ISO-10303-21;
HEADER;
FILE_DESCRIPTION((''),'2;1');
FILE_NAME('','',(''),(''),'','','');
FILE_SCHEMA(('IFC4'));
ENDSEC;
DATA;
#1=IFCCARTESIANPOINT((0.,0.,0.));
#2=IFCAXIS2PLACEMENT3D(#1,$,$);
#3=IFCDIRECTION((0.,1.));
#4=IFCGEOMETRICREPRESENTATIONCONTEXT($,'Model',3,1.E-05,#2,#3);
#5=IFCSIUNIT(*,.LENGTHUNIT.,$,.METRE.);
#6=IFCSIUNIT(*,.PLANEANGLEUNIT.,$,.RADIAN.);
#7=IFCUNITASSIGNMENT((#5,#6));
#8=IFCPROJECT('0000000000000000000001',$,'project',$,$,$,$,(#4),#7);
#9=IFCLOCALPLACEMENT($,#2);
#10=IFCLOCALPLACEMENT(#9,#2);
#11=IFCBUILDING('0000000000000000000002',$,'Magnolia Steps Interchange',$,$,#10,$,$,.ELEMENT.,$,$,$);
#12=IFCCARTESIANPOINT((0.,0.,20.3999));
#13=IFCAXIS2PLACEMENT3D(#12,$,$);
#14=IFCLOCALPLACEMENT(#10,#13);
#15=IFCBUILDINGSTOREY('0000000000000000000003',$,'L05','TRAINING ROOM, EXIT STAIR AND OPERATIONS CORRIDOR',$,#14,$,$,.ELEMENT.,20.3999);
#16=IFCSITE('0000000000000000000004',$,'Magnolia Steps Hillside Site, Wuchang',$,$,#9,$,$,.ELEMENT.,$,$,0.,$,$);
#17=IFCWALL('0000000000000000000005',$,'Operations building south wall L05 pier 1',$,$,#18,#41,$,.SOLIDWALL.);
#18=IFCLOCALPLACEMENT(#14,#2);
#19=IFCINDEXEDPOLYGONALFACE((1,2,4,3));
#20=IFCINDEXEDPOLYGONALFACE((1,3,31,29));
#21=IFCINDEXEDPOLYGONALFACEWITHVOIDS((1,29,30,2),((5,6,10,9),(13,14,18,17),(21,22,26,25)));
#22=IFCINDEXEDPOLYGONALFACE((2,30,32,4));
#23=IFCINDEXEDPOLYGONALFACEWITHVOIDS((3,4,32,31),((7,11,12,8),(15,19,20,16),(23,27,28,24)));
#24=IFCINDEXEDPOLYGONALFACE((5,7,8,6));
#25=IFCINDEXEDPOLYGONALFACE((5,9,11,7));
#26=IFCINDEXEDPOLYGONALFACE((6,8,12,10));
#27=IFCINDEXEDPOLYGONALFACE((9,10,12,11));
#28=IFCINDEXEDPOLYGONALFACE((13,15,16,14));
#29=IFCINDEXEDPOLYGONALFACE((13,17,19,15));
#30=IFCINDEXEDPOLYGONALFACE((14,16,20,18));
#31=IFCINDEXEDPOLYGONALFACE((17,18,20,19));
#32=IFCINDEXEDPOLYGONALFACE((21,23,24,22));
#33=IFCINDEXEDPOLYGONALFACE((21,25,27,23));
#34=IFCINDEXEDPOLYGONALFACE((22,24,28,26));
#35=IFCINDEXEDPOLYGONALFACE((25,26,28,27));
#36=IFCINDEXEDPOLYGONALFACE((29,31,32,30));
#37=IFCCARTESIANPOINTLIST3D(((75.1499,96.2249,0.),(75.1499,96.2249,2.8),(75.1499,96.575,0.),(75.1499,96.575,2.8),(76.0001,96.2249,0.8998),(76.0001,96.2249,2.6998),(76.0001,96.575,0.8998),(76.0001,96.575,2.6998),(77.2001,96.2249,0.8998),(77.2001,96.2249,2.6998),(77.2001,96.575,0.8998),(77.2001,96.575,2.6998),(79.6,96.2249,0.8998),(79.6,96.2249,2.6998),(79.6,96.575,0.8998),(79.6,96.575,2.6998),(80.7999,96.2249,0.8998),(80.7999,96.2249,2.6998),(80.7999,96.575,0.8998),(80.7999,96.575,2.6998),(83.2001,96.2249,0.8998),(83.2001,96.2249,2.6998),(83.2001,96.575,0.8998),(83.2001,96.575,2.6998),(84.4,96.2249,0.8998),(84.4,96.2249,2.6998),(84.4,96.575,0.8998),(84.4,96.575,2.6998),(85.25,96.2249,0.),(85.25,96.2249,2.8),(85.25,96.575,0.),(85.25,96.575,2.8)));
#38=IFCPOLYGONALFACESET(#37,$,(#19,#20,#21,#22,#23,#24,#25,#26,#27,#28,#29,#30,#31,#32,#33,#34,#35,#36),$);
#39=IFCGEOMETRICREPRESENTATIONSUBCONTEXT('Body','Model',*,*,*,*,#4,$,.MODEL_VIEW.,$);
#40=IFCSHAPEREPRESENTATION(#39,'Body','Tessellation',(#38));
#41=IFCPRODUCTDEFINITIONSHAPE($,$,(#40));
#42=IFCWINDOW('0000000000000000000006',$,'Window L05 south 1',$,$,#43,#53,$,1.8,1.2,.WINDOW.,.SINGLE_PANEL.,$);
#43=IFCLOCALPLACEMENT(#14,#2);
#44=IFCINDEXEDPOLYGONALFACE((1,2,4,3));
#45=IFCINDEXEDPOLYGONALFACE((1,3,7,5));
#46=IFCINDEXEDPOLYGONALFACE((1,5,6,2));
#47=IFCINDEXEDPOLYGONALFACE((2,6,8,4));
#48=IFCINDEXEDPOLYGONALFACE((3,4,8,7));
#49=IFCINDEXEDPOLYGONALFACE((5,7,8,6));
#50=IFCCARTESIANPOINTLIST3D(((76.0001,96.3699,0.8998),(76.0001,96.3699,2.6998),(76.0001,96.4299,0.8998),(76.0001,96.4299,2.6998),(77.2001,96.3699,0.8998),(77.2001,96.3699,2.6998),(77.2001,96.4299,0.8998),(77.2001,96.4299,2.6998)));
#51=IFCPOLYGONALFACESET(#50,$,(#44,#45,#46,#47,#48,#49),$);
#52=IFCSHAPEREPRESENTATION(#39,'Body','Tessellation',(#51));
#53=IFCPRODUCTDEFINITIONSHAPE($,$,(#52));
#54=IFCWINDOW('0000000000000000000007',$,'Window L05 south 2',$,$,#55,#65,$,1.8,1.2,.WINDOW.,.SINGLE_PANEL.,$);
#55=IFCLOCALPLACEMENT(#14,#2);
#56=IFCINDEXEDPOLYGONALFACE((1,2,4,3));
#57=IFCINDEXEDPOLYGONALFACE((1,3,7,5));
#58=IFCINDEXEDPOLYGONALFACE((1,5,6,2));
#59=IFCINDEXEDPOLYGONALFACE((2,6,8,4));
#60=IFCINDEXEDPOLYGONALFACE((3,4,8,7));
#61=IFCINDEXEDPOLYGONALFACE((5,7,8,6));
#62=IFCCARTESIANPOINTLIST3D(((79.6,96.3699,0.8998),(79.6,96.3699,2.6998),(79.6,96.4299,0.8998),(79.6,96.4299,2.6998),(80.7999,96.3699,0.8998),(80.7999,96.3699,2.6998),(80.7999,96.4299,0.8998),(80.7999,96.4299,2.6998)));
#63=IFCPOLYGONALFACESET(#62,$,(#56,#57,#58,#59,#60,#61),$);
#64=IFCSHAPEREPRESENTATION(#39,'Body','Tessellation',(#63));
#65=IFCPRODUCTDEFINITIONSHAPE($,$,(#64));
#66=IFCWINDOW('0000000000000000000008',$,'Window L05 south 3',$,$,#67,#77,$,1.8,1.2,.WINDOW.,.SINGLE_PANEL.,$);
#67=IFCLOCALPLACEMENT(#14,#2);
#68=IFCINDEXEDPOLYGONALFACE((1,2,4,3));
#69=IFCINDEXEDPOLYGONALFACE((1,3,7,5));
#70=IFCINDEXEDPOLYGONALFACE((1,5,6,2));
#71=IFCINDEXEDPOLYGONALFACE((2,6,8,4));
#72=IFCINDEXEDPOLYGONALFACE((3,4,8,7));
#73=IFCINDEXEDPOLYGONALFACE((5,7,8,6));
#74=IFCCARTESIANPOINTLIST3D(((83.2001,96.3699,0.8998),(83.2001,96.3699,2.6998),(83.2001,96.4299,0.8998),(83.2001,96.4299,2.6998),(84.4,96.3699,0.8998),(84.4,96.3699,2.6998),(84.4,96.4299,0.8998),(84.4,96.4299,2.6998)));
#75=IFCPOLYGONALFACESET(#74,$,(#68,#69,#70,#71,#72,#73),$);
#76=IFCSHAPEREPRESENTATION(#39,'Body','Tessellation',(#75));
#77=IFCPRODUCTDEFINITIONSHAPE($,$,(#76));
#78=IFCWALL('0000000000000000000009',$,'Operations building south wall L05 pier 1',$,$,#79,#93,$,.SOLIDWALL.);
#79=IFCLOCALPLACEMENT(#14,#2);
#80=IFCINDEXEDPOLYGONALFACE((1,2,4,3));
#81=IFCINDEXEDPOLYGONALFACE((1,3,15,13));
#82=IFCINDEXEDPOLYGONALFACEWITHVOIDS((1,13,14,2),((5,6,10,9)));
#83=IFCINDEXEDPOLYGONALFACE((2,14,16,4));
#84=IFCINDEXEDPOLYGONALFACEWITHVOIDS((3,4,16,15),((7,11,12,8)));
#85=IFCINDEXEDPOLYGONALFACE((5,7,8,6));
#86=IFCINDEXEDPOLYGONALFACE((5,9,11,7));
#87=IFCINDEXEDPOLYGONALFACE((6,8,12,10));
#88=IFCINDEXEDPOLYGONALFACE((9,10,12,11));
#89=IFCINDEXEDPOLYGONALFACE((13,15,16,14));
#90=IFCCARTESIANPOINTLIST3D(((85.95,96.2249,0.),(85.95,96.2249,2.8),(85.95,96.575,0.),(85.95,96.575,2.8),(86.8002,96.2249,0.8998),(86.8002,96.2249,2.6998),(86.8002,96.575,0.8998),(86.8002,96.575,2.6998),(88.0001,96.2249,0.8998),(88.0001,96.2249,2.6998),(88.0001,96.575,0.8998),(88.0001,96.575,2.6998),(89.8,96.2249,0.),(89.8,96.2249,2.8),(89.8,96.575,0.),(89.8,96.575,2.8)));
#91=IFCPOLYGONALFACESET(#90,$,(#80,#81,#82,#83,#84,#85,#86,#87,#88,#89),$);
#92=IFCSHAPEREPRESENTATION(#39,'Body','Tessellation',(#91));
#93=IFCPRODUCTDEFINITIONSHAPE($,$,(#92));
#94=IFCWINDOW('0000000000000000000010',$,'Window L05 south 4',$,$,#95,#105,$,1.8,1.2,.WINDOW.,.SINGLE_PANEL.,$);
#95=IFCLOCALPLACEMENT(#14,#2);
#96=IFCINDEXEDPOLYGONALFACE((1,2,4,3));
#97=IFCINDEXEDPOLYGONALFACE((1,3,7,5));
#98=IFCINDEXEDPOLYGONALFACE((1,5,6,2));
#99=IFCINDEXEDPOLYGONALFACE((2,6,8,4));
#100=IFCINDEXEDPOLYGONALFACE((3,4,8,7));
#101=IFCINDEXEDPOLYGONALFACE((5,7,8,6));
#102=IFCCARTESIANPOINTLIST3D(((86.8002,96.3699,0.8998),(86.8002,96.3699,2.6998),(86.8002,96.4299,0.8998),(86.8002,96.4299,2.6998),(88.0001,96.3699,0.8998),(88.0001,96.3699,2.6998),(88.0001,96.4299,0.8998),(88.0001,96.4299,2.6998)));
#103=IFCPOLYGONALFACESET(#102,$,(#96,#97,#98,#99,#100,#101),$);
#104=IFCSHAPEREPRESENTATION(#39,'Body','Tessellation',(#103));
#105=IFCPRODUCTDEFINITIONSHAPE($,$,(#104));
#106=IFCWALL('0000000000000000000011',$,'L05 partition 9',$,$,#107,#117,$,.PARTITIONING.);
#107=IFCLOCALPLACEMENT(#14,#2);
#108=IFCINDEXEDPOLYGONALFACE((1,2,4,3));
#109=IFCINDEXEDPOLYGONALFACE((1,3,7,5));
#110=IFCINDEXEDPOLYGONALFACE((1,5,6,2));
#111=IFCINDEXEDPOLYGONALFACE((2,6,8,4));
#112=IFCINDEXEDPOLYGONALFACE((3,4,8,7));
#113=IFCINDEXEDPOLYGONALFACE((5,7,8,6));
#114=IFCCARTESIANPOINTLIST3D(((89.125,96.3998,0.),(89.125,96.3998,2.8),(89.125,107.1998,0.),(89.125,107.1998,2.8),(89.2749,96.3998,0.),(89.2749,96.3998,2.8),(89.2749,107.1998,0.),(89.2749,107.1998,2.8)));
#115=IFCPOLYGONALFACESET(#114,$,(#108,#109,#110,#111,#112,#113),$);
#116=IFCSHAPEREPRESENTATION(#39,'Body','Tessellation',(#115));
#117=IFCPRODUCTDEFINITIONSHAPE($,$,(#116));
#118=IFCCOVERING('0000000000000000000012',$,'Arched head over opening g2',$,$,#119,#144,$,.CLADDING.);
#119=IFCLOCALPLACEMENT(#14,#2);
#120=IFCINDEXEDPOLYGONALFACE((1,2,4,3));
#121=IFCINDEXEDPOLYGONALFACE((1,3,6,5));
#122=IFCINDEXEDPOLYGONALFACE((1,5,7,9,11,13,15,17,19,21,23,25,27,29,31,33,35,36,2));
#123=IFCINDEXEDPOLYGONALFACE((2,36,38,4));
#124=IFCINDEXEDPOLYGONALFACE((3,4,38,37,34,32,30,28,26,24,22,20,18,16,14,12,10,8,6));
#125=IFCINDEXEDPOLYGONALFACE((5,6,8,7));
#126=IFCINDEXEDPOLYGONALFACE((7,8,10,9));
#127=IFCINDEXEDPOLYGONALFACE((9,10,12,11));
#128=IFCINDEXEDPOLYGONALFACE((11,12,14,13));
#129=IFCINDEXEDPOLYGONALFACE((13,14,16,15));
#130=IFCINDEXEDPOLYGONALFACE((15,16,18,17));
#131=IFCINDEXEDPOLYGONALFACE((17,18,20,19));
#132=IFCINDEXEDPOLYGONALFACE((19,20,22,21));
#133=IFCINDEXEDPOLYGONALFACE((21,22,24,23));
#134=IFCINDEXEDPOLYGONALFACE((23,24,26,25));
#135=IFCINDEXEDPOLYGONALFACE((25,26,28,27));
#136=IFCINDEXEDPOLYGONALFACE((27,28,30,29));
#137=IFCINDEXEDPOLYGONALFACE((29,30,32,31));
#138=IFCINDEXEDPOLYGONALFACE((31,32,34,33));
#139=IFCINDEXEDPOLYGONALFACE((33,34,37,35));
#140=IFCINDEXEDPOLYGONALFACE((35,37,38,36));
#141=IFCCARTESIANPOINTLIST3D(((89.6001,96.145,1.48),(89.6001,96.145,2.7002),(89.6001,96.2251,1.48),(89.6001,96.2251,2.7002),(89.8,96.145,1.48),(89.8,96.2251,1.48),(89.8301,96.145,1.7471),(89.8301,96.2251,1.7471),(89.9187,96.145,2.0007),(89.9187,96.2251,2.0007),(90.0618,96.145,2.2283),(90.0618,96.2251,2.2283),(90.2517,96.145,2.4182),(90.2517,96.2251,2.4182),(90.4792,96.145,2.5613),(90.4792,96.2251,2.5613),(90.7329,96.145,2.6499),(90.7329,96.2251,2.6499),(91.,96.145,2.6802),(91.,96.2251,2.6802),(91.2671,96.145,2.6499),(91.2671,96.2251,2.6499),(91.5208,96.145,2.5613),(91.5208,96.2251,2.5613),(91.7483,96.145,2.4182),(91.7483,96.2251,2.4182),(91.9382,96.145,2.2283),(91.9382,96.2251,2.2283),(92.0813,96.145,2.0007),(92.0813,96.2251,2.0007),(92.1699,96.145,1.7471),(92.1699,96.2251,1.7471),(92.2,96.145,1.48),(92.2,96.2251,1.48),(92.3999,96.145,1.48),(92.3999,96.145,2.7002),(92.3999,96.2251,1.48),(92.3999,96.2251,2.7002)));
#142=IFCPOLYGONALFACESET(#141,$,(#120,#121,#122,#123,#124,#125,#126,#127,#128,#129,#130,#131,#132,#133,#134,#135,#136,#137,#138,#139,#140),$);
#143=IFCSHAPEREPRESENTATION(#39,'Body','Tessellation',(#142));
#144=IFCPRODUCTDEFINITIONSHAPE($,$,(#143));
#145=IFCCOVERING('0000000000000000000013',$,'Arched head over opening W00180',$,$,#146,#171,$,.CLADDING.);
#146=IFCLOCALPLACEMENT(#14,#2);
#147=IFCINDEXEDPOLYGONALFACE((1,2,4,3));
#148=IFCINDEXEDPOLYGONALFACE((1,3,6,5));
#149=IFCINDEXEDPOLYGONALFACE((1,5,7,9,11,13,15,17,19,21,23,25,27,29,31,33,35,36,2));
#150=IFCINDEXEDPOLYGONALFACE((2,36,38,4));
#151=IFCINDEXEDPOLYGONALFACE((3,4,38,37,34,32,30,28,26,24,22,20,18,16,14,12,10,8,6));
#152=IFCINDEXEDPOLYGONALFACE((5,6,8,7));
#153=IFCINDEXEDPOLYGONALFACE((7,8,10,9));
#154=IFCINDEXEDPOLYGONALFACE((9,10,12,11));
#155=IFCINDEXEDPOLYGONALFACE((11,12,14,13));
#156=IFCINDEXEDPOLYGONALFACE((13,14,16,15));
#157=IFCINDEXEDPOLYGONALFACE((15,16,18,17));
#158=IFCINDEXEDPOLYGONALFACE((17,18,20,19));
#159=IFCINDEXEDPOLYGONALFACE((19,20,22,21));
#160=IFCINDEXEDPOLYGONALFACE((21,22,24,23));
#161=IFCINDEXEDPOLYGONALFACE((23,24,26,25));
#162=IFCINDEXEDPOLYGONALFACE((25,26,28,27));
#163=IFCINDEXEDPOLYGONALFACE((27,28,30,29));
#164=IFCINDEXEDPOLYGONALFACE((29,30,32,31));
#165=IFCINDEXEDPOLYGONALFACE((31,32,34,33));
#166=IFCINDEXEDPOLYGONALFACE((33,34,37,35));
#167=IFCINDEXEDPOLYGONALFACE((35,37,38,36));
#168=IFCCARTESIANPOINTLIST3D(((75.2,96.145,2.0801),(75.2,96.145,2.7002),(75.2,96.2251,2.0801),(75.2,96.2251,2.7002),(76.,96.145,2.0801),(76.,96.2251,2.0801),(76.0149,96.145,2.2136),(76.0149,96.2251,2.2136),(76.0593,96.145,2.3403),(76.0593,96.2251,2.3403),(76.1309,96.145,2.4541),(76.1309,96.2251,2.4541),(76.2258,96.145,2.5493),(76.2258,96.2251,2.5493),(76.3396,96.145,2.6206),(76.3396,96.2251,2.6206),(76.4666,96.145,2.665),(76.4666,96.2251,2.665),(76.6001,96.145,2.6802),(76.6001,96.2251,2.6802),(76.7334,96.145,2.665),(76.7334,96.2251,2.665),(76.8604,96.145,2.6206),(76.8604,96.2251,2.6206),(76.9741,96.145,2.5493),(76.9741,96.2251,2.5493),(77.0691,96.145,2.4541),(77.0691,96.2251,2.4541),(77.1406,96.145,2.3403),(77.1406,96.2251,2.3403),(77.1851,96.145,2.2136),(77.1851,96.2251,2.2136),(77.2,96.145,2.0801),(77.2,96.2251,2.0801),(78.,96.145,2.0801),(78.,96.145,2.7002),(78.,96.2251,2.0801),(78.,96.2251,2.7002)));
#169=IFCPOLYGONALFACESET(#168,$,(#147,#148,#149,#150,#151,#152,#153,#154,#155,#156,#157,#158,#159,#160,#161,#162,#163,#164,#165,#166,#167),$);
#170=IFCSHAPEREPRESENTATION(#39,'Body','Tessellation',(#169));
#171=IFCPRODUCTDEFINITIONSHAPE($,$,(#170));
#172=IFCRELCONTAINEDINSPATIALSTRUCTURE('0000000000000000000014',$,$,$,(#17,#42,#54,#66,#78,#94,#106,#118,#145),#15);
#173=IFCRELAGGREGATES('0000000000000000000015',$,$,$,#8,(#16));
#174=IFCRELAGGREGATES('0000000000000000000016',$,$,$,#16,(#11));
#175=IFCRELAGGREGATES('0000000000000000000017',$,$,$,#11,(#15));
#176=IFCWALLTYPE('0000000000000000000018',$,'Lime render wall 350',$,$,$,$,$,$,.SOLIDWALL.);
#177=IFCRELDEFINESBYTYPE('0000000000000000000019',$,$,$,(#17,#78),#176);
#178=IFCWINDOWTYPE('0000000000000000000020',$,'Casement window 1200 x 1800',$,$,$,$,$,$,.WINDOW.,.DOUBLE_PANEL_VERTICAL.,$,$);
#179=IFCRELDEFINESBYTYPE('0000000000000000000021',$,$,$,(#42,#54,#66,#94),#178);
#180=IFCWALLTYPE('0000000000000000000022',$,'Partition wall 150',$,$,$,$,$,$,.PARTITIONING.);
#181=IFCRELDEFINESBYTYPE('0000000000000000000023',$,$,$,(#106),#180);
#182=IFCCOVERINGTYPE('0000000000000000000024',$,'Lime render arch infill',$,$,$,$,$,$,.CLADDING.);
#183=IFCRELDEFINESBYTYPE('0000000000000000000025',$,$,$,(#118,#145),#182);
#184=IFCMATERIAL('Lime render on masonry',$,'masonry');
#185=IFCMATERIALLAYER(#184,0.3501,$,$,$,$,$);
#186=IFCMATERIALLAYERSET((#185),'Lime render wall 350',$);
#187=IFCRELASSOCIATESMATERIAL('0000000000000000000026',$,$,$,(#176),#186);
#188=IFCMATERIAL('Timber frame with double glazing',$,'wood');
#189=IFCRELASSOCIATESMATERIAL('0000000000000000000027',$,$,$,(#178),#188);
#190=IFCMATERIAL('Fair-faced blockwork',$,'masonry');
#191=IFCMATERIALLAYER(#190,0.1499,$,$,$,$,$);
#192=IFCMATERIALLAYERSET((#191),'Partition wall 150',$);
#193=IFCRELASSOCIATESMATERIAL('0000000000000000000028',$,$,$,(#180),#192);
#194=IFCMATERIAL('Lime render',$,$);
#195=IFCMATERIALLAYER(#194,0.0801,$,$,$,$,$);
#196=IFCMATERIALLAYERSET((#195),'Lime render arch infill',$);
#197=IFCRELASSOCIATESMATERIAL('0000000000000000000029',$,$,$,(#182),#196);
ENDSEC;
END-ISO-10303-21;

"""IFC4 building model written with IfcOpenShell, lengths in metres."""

from ifc_helpers import new_model, si_unit, direction, frame, frame_2d, origin, place, context, subcontext, project, spatial, polyline, rectangle, outline, extrude, material, layer, layer_set, type_object, element, fill, save


model = new_model("IFC4")

# Units and contexts
model_context = context("Model", 3, precision=1e-05, world=origin(), true_north=direction((0.0, 1.0)))
body_context = subcontext(model_context, "Body", "Model", "MODEL_VIEW")
ifc_project = project(units=[si_unit("LENGTHUNIT", "METRE"), si_unit("PLANEANGLEUNIT", "RADIAN")], contexts=[model_context])

# Site, building, storey
site_placement = place(None, origin())
site = spatial("IfcSite", under=ifc_project, at=site_placement, Name="Magnolia Steps Hillside Site, Wuchang", CompositionType="ELEMENT", RefElevation=0.0)
building_placement = place(site_placement, origin())
building = spatial("IfcBuilding", under=site, at=building_placement, Name="Magnolia Steps Interchange", CompositionType="ELEMENT")
storey_placement = place(building_placement, frame((0.0, 0.0, 20.3999)))
storey = spatial("IfcBuildingStorey", under=building, at=storey_placement, Name="L05", Description="TRAINING ROOM, EXIT STAIR AND OPERATIONS CORRIDOR", CompositionType="ELEMENT", Elevation=20.3999)

# Wall, openings, windows
ifc_material_1 = material(Name="Lime render on masonry", Category="masonry")
ifc_layer_1 = layer(ifc_material_1, 0.3501)
ifc_layer_set_1 = layer_set([ifc_layer_1], Name="Lime render wall 350")
wall_type_1 = type_object("IfcWallType", Name="Lime render wall 350", PredefinedType="SOLIDWALL", material=ifc_layer_set_1)
wall_1_placement = place(storey_placement, frame((75.1499, 96.3999, 0.0), z_axis=(0.0, 0.0, 1.0), x_axis=(1.0, 0.0, 0.0)))
wall_1 = element("IfcWall", 1, at=wall_1_placement, inside=storey, type_object=wall_type_1, Name="Operations building south wall L05 pier 1", PredefinedType="SOLIDWALL", context=body_context, shape_type="SweptSolid", body=[
    extrude(rectangle(XDim=10.1001, YDim=0.3501, at=frame_2d((5.05, 0.0))), origin(), (0.0, 0.0, 1.0), 2.8),
])
opening_1_placement = place(wall_1_placement, frame((0.8501, 0.0, 0.8999)))
opening_1 = element("IfcOpeningElement", 2, at=opening_1_placement, cuts=wall_1, PredefinedType="OPENING", context=body_context, shape_type="SweptSolid", body=[
    extrude(rectangle(XDim=1.2, YDim=1.8, at=frame_2d((0.6001, 0.8999))), frame((0.0, 0.1851, 0.0), z_axis=(0.0, -1.0, 0.0), x_axis=(1.0, 0.0, 0.0)), (0.0, 0.0, 1.0), 0.3701),
])
opening_2_placement = place(wall_1_placement, frame((4.45, 0.0, 0.8999)))
opening_2 = element("IfcOpeningElement", 3, at=opening_2_placement, cuts=wall_1, PredefinedType="OPENING", context=body_context, shape_type="SweptSolid", body=[
    extrude(rectangle(XDim=1.2, YDim=1.8, at=frame_2d((0.6001, 0.8999))), frame((0.0, 0.1851, 0.0), z_axis=(0.0, -1.0, 0.0), x_axis=(1.0, 0.0, 0.0)), (0.0, 0.0, 1.0), 0.3701),
])
opening_3_placement = place(wall_1_placement, frame((8.05, 0.0, 0.8999)))
opening_3 = element("IfcOpeningElement", 4, at=opening_3_placement, cuts=wall_1, PredefinedType="OPENING", context=body_context, shape_type="SweptSolid", body=[
    extrude(rectangle(XDim=1.2, YDim=1.8, at=frame_2d((0.6001, 0.8999))), frame((0.0, 0.1851, 0.0), z_axis=(0.0, -1.0, 0.0), x_axis=(1.0, 0.0, 0.0)), (0.0, 0.0, 1.0), 0.3701),
])
ifc_material_2 = material(Name="Timber frame with double glazing", Category="wood")
window_type = type_object("IfcWindowType", Name="Casement window 1200 x 1800", PartitioningType="DOUBLE_PANEL_VERTICAL", PredefinedType="WINDOW", material=ifc_material_2)
window_1_placement = place(opening_1_placement, origin())
window_1 = element("IfcWindow", 5, at=window_1_placement, inside=storey, type_object=window_type, Name="Window L05 south 1", OverallHeight=1.8, OverallWidth=1.2, PartitioningType="SINGLE_PANEL", PredefinedType="WINDOW", context=body_context, shape_type="SweptSolid", body=[
    extrude(rectangle(XDim=1.2, YDim=1.8, at=frame_2d((0.6001, 0.8999))), frame((0.0, 0.03, 0.0), z_axis=(0.0, -1.0, 0.0), x_axis=(1.0, 0.0, 0.0)), (0.0, 0.0, 1.0), 0.0601),
])
fill(opening_1, window_1)
window_2_placement = place(opening_2_placement, origin())
window_2 = element("IfcWindow", 6, at=window_2_placement, inside=storey, type_object=window_type, Name="Window L05 south 2", OverallHeight=1.8, OverallWidth=1.2, PartitioningType="SINGLE_PANEL", PredefinedType="WINDOW", context=body_context, shape_type="SweptSolid", body=[
    extrude(rectangle(XDim=1.2, YDim=1.8, at=frame_2d((0.6001, 0.8999))), frame((0.0, 0.03, 0.0), z_axis=(0.0, -1.0, 0.0), x_axis=(1.0, 0.0, 0.0)), (0.0, 0.0, 1.0), 0.0601),
])
fill(opening_2, window_2)
window_3_placement = place(opening_3_placement, origin())
window_3 = element("IfcWindow", 7, at=window_3_placement, inside=storey, type_object=window_type, Name="Window L05 south 3", OverallHeight=1.8, OverallWidth=1.2, PartitioningType="SINGLE_PANEL", PredefinedType="WINDOW", context=body_context, shape_type="SweptSolid", body=[
    extrude(rectangle(XDim=1.2, YDim=1.8, at=frame_2d((0.6001, 0.8999))), frame((0.0, 0.03, 0.0), z_axis=(0.0, -1.0, 0.0), x_axis=(1.0, 0.0, 0.0)), (0.0, 0.0, 1.0), 0.0601),
])
fill(opening_3, window_3)

# Wall, opening, window
wall_2_placement = place(storey_placement, frame((85.95, 96.3999, 0.0), z_axis=(0.0, 0.0, 1.0), x_axis=(1.0, 0.0, 0.0)))
wall_2 = element("IfcWall", 8, at=wall_2_placement, inside=storey, type_object=wall_type_1, Name="Operations building south wall L05 pier 1", PredefinedType="SOLIDWALL", context=body_context, shape_type="SweptSolid", body=[
    extrude(rectangle(XDim=3.8501, YDim=0.3501, at=frame_2d((1.925, 0.0))), origin(), (0.0, 0.0, 1.0), 2.8),
])
opening_4_placement = place(wall_2_placement, frame((0.8501, 0.0, 0.8999)))
opening_4 = element("IfcOpeningElement", 9, at=opening_4_placement, cuts=wall_2, PredefinedType="OPENING", context=body_context, shape_type="SweptSolid", body=[
    extrude(rectangle(XDim=1.2, YDim=1.8, at=frame_2d((0.6001, 0.8999))), frame((0.0, 0.1851, 0.0), z_axis=(0.0, -1.0, 0.0), x_axis=(1.0, 0.0, 0.0)), (0.0, 0.0, 1.0), 0.3701),
])
window_4_placement = place(opening_4_placement, origin())
window_4 = element("IfcWindow", 10, at=window_4_placement, inside=storey, type_object=window_type, Name="Window L05 south 4", OverallHeight=1.8, OverallWidth=1.2, PartitioningType="SINGLE_PANEL", PredefinedType="WINDOW", context=body_context, shape_type="SweptSolid", body=[
    extrude(rectangle(XDim=1.2, YDim=1.8, at=frame_2d((0.6001, 0.8999))), frame((0.0, 0.03, 0.0), z_axis=(0.0, -1.0, 0.0), x_axis=(1.0, 0.0, 0.0)), (0.0, 0.0, 1.0), 0.0601),
])
fill(opening_4, window_4)

# Wall
ifc_material_3 = material(Name="Fair-faced blockwork", Category="masonry")
ifc_layer_2 = layer(ifc_material_3, 0.1499)
ifc_layer_set_2 = layer_set([ifc_layer_2], Name="Partition wall 150")
wall_type_2 = type_object("IfcWallType", Name="Partition wall 150", PredefinedType="PARTITIONING", material=ifc_layer_set_2)
wall_3_placement = place(storey_placement, frame((89.2, 96.3999, 0.0), z_axis=(0.0, 0.0, 1.0), x_axis=(0.0, 1.0, 0.0)))
element("IfcWall", 11, at=wall_3_placement, inside=storey, type_object=wall_type_2, Name="L05 partition 9", PredefinedType="PARTITIONING", context=body_context, shape_type="SweptSolid", body=[
    extrude(rectangle(XDim=10.8, YDim=0.1499, at=frame_2d((5.3999, 0.0))), origin(), (0.0, 0.0, 1.0), 2.8),
])

# Coverings
ifc_material_4 = material(Name="Lime render")
ifc_layer_3 = layer(ifc_material_4, 0.0801)
ifc_layer_set_3 = layer_set([ifc_layer_3], Name="Lime render arch infill")
covering_type_1 = type_object("IfcCoveringType", Name="Lime render arch infill", PredefinedType="CLADDING", material=ifc_layer_set_3)
covering_1_placement = place(storey_placement, frame((89.6001, 96.2251, 1.48), z_axis=(0.0, 1.0, 0.0), x_axis=(0.0, 0.0, 1.0)))
element("IfcCovering", 12, at=covering_1_placement, inside=storey, type_object=covering_type_1, Name="Arched head over opening g2", PredefinedType="CLADDING", context=body_context, shape_type="SweptSolid", body=[
    extrude(outline(polyline([(0.0, 0.0), (1.2202, 0.0), (1.2202, 2.7998), (0.0, 2.7998), (0.0, 2.5999), (0.2671, 2.5698), (0.5208, 2.4812), (0.7483, 2.3381), (0.9382, 2.1482), (1.0813, 1.9207), (1.1699, 1.667), (1.2002, 1.3999), (1.1699, 1.1328), (1.0813, 0.8792), (0.9382, 0.6516), (0.7483, 0.4617), (0.5208, 0.3186), (0.2671, 0.23), (0.0, 0.2), (0.0, 0.0)])), origin(), (0.0, 0.0, -1.0), 0.0801),
])
covering_2_placement = place(storey_placement, frame((75.2, 96.2251, 2.0801), z_axis=(0.0, 1.0, 0.0), x_axis=(0.0, 0.0, 1.0)))
element("IfcCovering", 13, at=covering_2_placement, inside=storey, type_object=covering_type_1, Name="Arched head over opening W00180", PredefinedType="CLADDING", context=body_context, shape_type="SweptSolid", body=[
    extrude(outline(polyline([(0.0, 0.0), (0.6201, 0.0), (0.6201, 2.8), (0.0, 2.8), (0.0, 2.0), (0.1335, 1.9851), (0.2603, 1.9407), (0.374, 1.8691), (0.4692, 1.7742), (0.5405, 1.6604), (0.585, 1.5334), (0.6001, 1.4001), (0.585, 1.2666), (0.5405, 1.1396), (0.4692, 1.0259), (0.374, 0.9309), (0.2603, 0.8594), (0.1335, 0.8149), (0.0, 0.8), (0.0, 0.0)])), origin(), (0.0, 0.0, -1.0), 0.0801),
])

save(model, "model.ifc")
